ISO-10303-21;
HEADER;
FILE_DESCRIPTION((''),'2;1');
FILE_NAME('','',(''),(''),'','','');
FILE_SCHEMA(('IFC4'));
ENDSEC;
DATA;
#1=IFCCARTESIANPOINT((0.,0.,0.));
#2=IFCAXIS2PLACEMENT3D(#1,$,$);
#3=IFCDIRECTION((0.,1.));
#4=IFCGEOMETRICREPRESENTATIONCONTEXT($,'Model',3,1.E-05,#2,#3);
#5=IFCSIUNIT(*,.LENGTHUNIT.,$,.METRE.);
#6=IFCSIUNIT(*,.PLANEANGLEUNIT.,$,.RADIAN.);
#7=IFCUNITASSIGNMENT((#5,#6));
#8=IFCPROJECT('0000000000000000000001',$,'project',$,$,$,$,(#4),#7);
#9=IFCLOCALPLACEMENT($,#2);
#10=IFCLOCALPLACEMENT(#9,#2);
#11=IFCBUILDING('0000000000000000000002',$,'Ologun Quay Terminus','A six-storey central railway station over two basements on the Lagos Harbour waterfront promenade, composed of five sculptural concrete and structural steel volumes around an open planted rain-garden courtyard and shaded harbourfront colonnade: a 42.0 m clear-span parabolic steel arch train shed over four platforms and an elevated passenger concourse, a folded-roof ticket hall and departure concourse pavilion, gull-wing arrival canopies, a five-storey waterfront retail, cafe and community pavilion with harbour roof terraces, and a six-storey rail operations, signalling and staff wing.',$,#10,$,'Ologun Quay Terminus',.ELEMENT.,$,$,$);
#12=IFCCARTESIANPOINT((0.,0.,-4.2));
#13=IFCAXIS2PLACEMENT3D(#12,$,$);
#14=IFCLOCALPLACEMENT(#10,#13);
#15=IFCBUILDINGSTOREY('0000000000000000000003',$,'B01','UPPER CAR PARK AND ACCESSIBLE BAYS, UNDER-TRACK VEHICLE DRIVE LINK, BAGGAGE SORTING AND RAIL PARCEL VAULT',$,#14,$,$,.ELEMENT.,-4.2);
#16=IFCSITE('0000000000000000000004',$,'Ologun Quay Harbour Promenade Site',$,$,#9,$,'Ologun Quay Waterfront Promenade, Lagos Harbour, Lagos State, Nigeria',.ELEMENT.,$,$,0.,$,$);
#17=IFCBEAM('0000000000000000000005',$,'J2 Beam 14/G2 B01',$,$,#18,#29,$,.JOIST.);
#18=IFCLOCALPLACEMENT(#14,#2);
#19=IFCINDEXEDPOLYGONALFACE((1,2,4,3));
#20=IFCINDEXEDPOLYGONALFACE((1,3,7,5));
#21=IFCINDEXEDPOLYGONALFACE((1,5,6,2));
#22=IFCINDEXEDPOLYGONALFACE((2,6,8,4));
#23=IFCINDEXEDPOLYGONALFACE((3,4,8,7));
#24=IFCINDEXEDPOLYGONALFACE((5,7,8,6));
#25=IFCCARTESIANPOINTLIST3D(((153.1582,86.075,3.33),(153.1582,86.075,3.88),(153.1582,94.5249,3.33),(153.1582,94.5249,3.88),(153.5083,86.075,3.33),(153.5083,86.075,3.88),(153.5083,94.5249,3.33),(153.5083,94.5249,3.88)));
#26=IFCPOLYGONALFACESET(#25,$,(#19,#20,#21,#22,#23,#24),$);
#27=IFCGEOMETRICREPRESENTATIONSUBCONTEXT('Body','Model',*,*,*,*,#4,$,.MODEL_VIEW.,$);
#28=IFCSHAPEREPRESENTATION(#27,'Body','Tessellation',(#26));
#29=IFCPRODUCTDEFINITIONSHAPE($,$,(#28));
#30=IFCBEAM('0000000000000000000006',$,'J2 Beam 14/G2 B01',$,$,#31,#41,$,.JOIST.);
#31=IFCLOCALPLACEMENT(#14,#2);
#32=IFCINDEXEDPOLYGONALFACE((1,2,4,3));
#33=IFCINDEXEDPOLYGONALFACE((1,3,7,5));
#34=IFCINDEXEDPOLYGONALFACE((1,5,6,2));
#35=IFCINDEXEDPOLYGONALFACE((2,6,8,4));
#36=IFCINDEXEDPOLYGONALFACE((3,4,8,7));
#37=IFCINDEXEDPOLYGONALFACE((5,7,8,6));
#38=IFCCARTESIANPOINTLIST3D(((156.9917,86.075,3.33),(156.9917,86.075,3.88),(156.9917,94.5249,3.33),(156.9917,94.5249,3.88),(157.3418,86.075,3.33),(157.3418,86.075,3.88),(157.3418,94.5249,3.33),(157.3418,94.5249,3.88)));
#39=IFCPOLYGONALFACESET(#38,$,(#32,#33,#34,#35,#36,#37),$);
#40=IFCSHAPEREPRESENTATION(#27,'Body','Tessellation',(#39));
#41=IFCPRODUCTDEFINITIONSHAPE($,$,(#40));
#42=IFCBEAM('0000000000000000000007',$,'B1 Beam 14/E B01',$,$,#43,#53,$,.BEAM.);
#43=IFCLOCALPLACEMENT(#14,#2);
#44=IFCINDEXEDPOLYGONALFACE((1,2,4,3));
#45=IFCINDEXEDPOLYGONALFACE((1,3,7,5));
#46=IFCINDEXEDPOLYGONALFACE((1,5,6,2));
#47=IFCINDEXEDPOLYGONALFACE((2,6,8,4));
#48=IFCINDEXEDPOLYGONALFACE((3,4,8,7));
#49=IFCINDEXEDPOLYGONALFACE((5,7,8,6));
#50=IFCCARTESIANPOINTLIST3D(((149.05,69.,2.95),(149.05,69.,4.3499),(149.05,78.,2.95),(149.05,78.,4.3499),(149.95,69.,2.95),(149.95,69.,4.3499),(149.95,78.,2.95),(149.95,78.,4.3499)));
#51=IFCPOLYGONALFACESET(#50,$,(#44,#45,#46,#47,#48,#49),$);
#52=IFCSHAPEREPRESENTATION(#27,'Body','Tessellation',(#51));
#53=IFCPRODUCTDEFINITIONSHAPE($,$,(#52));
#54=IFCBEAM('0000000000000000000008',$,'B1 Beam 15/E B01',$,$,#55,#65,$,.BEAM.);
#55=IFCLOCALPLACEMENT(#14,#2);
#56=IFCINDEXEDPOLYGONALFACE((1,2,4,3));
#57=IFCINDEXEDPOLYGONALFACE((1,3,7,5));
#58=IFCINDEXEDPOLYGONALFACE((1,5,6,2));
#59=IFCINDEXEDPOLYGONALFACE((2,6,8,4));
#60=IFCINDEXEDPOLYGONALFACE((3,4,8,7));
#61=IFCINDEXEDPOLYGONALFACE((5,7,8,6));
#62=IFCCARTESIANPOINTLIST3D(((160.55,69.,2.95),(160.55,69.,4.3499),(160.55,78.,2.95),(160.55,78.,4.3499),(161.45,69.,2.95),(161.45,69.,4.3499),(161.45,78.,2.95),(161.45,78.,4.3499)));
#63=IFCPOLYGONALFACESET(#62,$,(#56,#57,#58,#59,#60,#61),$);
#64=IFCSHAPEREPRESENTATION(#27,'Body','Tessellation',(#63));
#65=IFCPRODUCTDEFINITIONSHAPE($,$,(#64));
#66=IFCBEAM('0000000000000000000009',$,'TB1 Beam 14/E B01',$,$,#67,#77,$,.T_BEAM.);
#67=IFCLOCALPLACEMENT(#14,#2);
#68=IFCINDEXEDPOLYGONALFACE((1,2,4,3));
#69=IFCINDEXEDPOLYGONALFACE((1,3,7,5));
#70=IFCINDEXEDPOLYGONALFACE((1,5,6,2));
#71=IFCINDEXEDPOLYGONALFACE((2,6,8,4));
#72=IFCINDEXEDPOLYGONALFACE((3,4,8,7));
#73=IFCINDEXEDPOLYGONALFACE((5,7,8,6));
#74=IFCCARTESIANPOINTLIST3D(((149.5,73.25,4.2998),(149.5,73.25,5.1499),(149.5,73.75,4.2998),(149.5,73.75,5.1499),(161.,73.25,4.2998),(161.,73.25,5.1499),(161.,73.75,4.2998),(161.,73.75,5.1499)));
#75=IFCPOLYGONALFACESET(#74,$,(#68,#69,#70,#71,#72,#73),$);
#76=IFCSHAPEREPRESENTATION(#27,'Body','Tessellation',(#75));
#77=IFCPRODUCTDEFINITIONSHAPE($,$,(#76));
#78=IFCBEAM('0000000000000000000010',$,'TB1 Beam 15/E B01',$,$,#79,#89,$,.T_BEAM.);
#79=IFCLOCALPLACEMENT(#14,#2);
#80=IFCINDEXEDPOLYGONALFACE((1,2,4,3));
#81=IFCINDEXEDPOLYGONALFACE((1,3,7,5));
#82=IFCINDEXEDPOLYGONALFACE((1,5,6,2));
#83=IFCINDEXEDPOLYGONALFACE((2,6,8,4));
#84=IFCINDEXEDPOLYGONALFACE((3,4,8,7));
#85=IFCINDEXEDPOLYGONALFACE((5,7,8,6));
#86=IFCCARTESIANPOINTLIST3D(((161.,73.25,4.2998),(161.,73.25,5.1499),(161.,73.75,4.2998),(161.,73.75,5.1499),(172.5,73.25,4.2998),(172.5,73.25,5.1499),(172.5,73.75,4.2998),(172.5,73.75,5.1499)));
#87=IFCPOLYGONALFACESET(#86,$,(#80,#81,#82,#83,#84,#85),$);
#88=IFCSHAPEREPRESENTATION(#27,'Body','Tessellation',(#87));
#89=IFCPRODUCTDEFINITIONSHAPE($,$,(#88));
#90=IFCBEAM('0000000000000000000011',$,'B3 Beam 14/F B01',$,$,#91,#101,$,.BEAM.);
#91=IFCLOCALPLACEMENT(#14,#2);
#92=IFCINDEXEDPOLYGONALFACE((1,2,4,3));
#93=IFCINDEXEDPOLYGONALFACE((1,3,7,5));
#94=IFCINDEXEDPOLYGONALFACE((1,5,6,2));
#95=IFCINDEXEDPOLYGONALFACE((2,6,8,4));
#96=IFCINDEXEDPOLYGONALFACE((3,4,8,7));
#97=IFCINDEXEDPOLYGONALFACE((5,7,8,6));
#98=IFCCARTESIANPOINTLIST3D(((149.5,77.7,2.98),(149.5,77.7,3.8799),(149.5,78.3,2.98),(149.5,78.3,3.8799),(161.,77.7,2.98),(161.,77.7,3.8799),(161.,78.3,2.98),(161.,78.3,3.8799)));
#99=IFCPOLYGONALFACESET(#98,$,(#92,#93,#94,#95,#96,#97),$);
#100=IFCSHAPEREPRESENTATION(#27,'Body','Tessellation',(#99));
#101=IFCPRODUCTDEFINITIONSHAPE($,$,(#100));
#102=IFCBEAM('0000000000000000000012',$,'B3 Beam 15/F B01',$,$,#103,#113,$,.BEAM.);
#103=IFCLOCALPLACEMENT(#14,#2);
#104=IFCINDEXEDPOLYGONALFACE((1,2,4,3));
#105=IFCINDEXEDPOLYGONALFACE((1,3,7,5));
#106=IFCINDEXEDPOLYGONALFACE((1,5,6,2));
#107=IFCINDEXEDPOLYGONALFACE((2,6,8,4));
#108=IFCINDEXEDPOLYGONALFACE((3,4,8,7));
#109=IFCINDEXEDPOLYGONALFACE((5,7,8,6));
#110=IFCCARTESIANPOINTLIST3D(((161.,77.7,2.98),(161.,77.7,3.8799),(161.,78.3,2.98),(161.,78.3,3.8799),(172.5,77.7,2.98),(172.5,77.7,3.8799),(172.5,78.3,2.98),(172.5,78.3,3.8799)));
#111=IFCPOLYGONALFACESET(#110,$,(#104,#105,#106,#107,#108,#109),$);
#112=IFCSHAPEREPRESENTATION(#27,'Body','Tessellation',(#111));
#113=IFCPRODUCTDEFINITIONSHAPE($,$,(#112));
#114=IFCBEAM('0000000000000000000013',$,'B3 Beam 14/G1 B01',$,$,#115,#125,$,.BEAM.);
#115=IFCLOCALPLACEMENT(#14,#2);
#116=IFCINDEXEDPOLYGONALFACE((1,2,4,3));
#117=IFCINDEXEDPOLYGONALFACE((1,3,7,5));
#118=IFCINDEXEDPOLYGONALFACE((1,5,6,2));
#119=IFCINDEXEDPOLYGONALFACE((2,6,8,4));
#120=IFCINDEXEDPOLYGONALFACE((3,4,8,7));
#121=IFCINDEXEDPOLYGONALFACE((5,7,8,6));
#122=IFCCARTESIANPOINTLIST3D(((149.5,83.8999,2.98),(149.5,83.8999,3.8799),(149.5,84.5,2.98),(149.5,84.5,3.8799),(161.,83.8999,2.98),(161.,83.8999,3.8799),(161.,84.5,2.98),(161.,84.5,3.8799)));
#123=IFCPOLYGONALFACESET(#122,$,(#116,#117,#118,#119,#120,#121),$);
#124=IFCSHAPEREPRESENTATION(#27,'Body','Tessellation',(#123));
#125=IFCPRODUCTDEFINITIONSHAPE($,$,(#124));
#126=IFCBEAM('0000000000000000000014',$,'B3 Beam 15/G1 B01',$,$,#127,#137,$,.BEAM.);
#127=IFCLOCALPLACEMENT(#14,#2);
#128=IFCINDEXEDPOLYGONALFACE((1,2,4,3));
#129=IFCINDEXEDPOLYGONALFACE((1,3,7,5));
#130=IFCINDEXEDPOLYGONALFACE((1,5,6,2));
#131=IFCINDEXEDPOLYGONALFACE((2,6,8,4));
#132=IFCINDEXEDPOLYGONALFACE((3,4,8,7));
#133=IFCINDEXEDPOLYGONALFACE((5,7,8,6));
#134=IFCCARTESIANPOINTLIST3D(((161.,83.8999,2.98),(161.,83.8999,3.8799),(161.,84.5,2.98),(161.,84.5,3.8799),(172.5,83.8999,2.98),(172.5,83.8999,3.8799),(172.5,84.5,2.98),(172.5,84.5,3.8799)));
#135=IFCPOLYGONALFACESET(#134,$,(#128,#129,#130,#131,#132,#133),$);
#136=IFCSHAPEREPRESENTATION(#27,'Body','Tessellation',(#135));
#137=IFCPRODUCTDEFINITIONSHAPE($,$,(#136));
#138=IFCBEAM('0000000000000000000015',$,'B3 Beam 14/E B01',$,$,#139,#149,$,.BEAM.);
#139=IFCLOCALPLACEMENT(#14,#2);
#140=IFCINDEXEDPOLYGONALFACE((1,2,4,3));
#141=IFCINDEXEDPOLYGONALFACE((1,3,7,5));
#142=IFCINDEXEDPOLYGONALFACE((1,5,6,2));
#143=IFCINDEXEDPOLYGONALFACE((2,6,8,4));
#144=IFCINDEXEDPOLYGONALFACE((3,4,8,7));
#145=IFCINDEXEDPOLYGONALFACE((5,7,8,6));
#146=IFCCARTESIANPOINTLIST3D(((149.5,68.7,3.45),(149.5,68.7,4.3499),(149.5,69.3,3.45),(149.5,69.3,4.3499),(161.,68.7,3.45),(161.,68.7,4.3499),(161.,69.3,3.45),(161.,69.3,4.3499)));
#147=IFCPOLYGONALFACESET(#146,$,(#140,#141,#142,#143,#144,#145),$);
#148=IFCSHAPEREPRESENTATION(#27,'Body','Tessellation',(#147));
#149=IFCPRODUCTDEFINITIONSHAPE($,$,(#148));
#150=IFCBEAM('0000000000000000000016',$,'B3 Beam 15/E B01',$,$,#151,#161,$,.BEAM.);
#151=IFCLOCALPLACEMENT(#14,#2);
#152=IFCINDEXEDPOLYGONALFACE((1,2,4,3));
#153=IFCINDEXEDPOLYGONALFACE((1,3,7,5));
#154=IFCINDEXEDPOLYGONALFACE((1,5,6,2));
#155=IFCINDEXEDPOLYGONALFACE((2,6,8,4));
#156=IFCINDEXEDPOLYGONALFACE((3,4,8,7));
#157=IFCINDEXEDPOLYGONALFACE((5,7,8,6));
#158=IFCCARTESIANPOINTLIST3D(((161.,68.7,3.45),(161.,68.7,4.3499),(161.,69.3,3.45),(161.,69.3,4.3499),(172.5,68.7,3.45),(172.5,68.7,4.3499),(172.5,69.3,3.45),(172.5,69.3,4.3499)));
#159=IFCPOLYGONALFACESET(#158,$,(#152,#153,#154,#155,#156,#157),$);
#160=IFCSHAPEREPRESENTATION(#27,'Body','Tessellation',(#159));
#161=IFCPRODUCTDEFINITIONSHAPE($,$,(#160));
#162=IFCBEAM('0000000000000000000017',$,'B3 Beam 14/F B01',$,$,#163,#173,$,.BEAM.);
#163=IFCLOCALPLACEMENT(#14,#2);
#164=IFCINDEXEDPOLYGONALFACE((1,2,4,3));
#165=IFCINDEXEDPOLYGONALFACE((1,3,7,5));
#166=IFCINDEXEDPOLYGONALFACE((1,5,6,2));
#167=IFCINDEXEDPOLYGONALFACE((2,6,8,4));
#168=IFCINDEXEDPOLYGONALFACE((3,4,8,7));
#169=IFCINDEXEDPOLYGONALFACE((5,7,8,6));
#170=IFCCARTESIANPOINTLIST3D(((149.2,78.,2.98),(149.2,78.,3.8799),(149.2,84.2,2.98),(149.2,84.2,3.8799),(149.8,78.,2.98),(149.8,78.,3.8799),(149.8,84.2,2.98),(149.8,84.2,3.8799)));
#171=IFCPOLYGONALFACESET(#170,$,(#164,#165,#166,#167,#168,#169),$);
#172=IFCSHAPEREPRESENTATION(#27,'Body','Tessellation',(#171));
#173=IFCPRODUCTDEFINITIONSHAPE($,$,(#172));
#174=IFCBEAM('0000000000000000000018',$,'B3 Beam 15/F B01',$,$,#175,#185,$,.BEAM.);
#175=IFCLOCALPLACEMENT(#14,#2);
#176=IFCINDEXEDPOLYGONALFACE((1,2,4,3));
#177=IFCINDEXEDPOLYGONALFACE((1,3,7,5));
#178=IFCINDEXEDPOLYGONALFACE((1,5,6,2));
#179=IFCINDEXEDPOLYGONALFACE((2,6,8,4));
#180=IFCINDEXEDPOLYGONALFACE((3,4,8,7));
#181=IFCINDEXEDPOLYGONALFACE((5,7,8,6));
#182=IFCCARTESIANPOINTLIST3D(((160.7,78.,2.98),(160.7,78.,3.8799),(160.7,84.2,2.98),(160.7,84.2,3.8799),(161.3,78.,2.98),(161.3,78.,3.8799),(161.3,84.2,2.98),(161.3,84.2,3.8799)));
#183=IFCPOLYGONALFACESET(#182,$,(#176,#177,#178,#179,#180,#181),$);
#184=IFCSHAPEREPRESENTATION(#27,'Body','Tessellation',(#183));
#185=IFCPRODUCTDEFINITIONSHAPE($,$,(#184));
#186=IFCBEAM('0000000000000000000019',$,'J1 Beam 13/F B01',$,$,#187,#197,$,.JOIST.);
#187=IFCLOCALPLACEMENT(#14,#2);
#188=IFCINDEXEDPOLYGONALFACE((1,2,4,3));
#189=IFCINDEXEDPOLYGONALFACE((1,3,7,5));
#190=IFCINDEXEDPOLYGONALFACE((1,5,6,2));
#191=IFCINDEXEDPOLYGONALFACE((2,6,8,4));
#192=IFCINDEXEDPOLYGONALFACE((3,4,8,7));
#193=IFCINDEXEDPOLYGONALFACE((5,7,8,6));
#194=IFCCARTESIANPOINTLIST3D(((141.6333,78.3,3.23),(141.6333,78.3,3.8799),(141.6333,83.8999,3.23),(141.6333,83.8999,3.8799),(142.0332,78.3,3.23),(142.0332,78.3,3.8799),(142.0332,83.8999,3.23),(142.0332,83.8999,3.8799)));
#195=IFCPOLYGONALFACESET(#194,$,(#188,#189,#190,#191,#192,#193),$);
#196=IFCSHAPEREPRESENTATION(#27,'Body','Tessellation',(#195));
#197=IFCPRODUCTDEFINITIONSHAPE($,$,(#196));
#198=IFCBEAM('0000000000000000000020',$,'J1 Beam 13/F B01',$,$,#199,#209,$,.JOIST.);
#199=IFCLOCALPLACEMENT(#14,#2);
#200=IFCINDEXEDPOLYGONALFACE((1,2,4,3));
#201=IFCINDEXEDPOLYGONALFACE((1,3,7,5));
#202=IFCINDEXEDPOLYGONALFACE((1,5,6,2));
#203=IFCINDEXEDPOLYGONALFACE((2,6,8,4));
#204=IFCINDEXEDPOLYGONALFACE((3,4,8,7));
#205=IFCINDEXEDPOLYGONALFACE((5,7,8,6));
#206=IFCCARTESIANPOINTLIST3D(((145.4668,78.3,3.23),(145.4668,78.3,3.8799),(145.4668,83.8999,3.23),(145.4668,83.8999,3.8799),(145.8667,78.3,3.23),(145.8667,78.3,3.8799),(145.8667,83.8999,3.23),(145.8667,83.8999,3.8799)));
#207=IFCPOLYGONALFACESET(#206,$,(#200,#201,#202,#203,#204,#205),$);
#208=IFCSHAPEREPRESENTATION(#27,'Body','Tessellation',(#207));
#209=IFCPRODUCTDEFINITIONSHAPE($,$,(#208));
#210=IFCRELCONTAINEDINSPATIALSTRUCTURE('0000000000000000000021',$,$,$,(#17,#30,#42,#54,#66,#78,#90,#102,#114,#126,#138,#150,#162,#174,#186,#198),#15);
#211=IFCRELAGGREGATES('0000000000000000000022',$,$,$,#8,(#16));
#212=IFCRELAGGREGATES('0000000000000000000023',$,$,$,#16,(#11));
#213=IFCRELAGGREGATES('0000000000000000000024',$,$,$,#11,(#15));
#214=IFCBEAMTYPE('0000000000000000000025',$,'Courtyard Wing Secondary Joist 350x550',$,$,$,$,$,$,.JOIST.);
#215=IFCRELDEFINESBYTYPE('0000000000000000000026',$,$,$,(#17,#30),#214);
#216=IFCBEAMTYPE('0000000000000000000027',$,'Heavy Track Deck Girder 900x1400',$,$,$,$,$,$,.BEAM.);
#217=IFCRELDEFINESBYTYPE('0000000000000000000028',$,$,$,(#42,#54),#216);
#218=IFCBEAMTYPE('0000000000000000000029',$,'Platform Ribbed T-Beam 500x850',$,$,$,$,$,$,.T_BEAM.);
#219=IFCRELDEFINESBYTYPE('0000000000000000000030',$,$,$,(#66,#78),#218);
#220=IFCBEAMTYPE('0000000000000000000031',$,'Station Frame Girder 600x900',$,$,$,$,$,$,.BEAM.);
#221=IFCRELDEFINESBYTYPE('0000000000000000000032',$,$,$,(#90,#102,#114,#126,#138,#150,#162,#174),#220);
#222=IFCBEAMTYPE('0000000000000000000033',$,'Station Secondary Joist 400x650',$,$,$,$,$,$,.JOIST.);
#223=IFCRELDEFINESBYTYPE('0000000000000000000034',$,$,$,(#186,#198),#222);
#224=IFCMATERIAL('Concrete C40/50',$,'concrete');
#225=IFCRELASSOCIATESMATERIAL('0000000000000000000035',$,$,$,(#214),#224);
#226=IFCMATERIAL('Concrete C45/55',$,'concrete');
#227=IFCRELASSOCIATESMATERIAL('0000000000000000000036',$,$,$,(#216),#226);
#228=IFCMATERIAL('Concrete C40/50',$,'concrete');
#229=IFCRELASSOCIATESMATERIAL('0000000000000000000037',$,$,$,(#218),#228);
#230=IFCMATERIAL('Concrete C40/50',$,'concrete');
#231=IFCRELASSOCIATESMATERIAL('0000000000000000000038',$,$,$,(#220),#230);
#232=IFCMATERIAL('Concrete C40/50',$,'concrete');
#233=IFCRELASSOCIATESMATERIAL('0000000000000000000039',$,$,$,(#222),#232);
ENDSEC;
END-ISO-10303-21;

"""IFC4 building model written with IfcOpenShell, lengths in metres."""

from ifc_helpers import new_model, si_unit, direction, frame, origin, origin_2d, place, context, subcontext, project, spatial, rectangle, extrude, material, material_profile, profile_set, type_object, element, save


model = new_model("IFC4")

# Units and contexts
model_context = context("Model", 3, precision=1e-05, world=origin(), true_north=direction((0.0, 1.0)))
body_context = subcontext(model_context, "Body", "Model", "MODEL_VIEW")
ifc_project = project(units=[si_unit("LENGTHUNIT", "METRE"), si_unit("PLANEANGLEUNIT", "RADIAN")], contexts=[model_context])

# Site, building, storey
site_placement = place(None, origin())
site = spatial("IfcSite", under=ifc_project, at=site_placement, Name="Ologun Quay Harbour Promenade Site", LongName="Ologun Quay Waterfront Promenade, Lagos Harbour, Lagos State, Nigeria", CompositionType="ELEMENT", RefElevation=0.0)
building_placement = place(site_placement, origin())
building = spatial("IfcBuilding", under=site, at=building_placement, Name="Ologun Quay Terminus", Description="A six-storey central railway station over two basements on the Lagos Harbour waterfront promenade, composed of five sculptural concrete and structural steel volumes around an open planted rain-garden courtyard and shaded harbourfront colonnade: a 42.0 m clear-span parabolic steel arch train shed over four platforms and an elevated passenger concourse, a folded-roof ticket hall and departure concourse pavilion, gull-wing arrival canopies, a five-storey waterfront retail, cafe and community pavilion with harbour roof terraces, and a six-storey rail operations, signalling and staff wing.", LongName="Ologun Quay Terminus", CompositionType="ELEMENT")
storey_placement = place(building_placement, frame((0.0, 0.0, -4.2)))
storey = spatial("IfcBuildingStorey", under=building, at=storey_placement, Name="B01", Description="UPPER CAR PARK AND ACCESSIBLE BAYS, UNDER-TRACK VEHICLE DRIVE LINK, BAGGAGE SORTING AND RAIL PARCEL VAULT", CompositionType="ELEMENT", Elevation=-4.2)

# Beams
ifc_material_1 = material(Name="Concrete C40/50", Category="concrete")
ifc_material_profile_1 = material_profile(ifc_material_1, rectangle(XDim=0.3501, YDim=0.55, at=origin_2d()), Name="RC 350x550")
ifc_profile_set_1 = profile_set([ifc_material_profile_1], Name="Concrete C40/50")
beam_type_1 = type_object("IfcBeamType", Name="Courtyard Wing Secondary Joist 350x550", PredefinedType="JOIST", material=ifc_profile_set_1)
for number, where, z_axis, x_axis, name in (
    (1, (153.3333, 86.075, 3.605), (0.0, 1.0, 0.0), (-1.0, 0.0, 0.0), "J2 Beam 14/G2 B01"),
    (2, (157.1667, 86.075, 3.605), (0.0, 1.0, 0.0), (-1.0, 0.0, 0.0), "J2 Beam 14/G2 B01"),
):
    element("IfcBeam", number, at=place(storey_placement, frame(where, z_axis=z_axis, x_axis=x_axis)), inside=storey, type_object=beam_type_1, Name=name, PredefinedType="JOIST", context=body_context, shape_type="SweptSolid", body=[
        extrude(rectangle(XDim=0.3501, YDim=0.55, at=origin_2d()), origin(), (0.0, 0.0, 1.0), 8.45),
    ])
ifc_material_2 = material(Name="Concrete C45/55", Category="concrete")
ifc_material_profile_2 = material_profile(ifc_material_2, rectangle(XDim=0.8999, YDim=1.3999, at=origin_2d()), Name="RC 900x1400")
ifc_profile_set_2 = profile_set([ifc_material_profile_2], Name="Concrete C45/55")
beam_type_2 = type_object("IfcBeamType", Name="Heavy Track Deck Girder 900x1400", PredefinedType="BEAM", material=ifc_profile_set_2)
for number, where, z_axis, x_axis, name in (
    (3, (149.5, 69.0, 3.6499), (0.0, 1.0, 0.0), (-1.0, 0.0, 0.0), "B1 Beam 14/E B01"),
    (4, (161.0, 69.0, 3.6499), (0.0, 1.0, 0.0), (-1.0, 0.0, 0.0), "B1 Beam 15/E B01"),
):
    element("IfcBeam", number, at=place(storey_placement, frame(where, z_axis=z_axis, x_axis=x_axis)), inside=storey, type_object=beam_type_2, Name=name, PredefinedType="BEAM", context=body_context, shape_type="SweptSolid", body=[
        extrude(rectangle(XDim=0.8999, YDim=1.3999, at=origin_2d()), origin(), (0.0, 0.0, 1.0), 9.0),
    ])
ifc_material_3 = material(Name="Concrete C40/50", Category="concrete")
ifc_material_profile_3 = material_profile(ifc_material_3, rectangle(XDim=0.5, YDim=0.8501, at=origin_2d()), Name="RC 500x850")
ifc_profile_set_3 = profile_set([ifc_material_profile_3], Name="Concrete C40/50")
beam_type_3 = type_object("IfcBeamType", Name="Platform Ribbed T-Beam 500x850", PredefinedType="T_BEAM", material=ifc_profile_set_3)
for number, where, z_axis, x_axis, name in (
    (5, (149.5, 73.5, 4.7249), (1.0, 0.0, 0.0), (0.0, 1.0, 0.0), "TB1 Beam 14/E B01"),
    (6, (161.0, 73.5, 4.7249), (1.0, 0.0, 0.0), (0.0, 1.0, 0.0), "TB1 Beam 15/E B01"),
):
    element("IfcBeam", number, at=place(storey_placement, frame(where, z_axis=z_axis, x_axis=x_axis)), inside=storey, type_object=beam_type_3, Name=name, PredefinedType="T_BEAM", context=body_context, shape_type="SweptSolid", body=[
        extrude(rectangle(XDim=0.5, YDim=0.8501, at=origin_2d()), origin(), (0.0, 0.0, 1.0), 11.5),
    ])
ifc_material_4 = material(Name="Concrete C40/50", Category="concrete")
ifc_material_profile_4 = material_profile(ifc_material_4, rectangle(XDim=0.6001, YDim=0.8999, at=origin_2d()), Name="RC 600x900")
ifc_profile_set_4 = profile_set([ifc_material_profile_4], Name="Concrete C40/50")
beam_type_4 = type_object("IfcBeamType", Name="Station Frame Girder 600x900", PredefinedType="BEAM", material=ifc_profile_set_4)
for number, where, z_axis, x_axis, name in (
    (7, (149.5, 78.0, 3.4299), (1.0, 0.0, 0.0), (0.0, 1.0, 0.0), "B3 Beam 14/F B01"),
    (8, (161.0, 78.0, 3.4299), (1.0, 0.0, 0.0), (0.0, 1.0, 0.0), "B3 Beam 15/F B01"),
    (9, (149.5, 84.2, 3.4299), (1.0, 0.0, 0.0), (0.0, 1.0, 0.0), "B3 Beam 14/G1 B01"),
    (10, (161.0, 84.2, 3.4299), (1.0, 0.0, 0.0), (0.0, 1.0, 0.0), "B3 Beam 15/G1 B01"),
    (11, (149.5, 69.0, 3.8999), (1.0, 0.0, 0.0), (0.0, 1.0, 0.0), "B3 Beam 14/E B01"),
    (12, (161.0, 69.0, 3.8999), (1.0, 0.0, 0.0), (0.0, 1.0, 0.0), "B3 Beam 15/E B01"),
):
    element("IfcBeam", number, at=place(storey_placement, frame(where, z_axis=z_axis, x_axis=x_axis)), inside=storey, type_object=beam_type_4, Name=name, PredefinedType="BEAM", context=body_context, shape_type="SweptSolid", body=[
        extrude(rectangle(XDim=0.6001, YDim=0.8999, at=origin_2d()), origin(), (0.0, 0.0, 1.0), 11.5),
    ])
for number, where, z_axis, x_axis, name in (
    (13, (149.5, 78.0, 3.4299), (0.0, 1.0, 0.0), (-1.0, 0.0, 0.0), "B3 Beam 14/F B01"),
    (14, (161.0, 78.0, 3.4299), (0.0, 1.0, 0.0), (-1.0, 0.0, 0.0), "B3 Beam 15/F B01"),
):
    element("IfcBeam", number, at=place(storey_placement, frame(where, z_axis=z_axis, x_axis=x_axis)), inside=storey, type_object=beam_type_4, Name=name, PredefinedType="BEAM", context=body_context, shape_type="SweptSolid", body=[
        extrude(rectangle(XDim=0.6001, YDim=0.8999, at=origin_2d()), origin(), (0.0, 0.0, 1.0), 6.2),
    ])
ifc_material_5 = material(Name="Concrete C40/50", Category="concrete")
ifc_material_profile_5 = material_profile(ifc_material_5, rectangle(XDim=0.3999, YDim=0.6499, at=origin_2d()), Name="RC 400x650")
ifc_profile_set_5 = profile_set([ifc_material_profile_5], Name="Concrete C40/50")
beam_type_5 = type_object("IfcBeamType", Name="Station Secondary Joist 400x650", PredefinedType="JOIST", material=ifc_profile_set_5)
for number, where, z_axis, x_axis, name in (
    (15, (141.8333, 78.3, 3.5549), (0.0, 1.0, 0.0), (-1.0, 0.0, 0.0), "J1 Beam 13/F B01"),
    (16, (145.6667, 78.3, 3.5549), (0.0, 1.0, 0.0), (-1.0, 0.0, 0.0), "J1 Beam 13/F B01"),
):
    element("IfcBeam", number, at=place(storey_placement, frame(where, z_axis=z_axis, x_axis=x_axis)), inside=storey, type_object=beam_type_5, Name=name, PredefinedType="JOIST", context=body_context, shape_type="SweptSolid", body=[
        extrude(rectangle(XDim=0.3999, YDim=0.6499, at=origin_2d()), origin(), (0.0, 0.0, 1.0), 5.5999),
    ])

save(model, "model.ifc")
